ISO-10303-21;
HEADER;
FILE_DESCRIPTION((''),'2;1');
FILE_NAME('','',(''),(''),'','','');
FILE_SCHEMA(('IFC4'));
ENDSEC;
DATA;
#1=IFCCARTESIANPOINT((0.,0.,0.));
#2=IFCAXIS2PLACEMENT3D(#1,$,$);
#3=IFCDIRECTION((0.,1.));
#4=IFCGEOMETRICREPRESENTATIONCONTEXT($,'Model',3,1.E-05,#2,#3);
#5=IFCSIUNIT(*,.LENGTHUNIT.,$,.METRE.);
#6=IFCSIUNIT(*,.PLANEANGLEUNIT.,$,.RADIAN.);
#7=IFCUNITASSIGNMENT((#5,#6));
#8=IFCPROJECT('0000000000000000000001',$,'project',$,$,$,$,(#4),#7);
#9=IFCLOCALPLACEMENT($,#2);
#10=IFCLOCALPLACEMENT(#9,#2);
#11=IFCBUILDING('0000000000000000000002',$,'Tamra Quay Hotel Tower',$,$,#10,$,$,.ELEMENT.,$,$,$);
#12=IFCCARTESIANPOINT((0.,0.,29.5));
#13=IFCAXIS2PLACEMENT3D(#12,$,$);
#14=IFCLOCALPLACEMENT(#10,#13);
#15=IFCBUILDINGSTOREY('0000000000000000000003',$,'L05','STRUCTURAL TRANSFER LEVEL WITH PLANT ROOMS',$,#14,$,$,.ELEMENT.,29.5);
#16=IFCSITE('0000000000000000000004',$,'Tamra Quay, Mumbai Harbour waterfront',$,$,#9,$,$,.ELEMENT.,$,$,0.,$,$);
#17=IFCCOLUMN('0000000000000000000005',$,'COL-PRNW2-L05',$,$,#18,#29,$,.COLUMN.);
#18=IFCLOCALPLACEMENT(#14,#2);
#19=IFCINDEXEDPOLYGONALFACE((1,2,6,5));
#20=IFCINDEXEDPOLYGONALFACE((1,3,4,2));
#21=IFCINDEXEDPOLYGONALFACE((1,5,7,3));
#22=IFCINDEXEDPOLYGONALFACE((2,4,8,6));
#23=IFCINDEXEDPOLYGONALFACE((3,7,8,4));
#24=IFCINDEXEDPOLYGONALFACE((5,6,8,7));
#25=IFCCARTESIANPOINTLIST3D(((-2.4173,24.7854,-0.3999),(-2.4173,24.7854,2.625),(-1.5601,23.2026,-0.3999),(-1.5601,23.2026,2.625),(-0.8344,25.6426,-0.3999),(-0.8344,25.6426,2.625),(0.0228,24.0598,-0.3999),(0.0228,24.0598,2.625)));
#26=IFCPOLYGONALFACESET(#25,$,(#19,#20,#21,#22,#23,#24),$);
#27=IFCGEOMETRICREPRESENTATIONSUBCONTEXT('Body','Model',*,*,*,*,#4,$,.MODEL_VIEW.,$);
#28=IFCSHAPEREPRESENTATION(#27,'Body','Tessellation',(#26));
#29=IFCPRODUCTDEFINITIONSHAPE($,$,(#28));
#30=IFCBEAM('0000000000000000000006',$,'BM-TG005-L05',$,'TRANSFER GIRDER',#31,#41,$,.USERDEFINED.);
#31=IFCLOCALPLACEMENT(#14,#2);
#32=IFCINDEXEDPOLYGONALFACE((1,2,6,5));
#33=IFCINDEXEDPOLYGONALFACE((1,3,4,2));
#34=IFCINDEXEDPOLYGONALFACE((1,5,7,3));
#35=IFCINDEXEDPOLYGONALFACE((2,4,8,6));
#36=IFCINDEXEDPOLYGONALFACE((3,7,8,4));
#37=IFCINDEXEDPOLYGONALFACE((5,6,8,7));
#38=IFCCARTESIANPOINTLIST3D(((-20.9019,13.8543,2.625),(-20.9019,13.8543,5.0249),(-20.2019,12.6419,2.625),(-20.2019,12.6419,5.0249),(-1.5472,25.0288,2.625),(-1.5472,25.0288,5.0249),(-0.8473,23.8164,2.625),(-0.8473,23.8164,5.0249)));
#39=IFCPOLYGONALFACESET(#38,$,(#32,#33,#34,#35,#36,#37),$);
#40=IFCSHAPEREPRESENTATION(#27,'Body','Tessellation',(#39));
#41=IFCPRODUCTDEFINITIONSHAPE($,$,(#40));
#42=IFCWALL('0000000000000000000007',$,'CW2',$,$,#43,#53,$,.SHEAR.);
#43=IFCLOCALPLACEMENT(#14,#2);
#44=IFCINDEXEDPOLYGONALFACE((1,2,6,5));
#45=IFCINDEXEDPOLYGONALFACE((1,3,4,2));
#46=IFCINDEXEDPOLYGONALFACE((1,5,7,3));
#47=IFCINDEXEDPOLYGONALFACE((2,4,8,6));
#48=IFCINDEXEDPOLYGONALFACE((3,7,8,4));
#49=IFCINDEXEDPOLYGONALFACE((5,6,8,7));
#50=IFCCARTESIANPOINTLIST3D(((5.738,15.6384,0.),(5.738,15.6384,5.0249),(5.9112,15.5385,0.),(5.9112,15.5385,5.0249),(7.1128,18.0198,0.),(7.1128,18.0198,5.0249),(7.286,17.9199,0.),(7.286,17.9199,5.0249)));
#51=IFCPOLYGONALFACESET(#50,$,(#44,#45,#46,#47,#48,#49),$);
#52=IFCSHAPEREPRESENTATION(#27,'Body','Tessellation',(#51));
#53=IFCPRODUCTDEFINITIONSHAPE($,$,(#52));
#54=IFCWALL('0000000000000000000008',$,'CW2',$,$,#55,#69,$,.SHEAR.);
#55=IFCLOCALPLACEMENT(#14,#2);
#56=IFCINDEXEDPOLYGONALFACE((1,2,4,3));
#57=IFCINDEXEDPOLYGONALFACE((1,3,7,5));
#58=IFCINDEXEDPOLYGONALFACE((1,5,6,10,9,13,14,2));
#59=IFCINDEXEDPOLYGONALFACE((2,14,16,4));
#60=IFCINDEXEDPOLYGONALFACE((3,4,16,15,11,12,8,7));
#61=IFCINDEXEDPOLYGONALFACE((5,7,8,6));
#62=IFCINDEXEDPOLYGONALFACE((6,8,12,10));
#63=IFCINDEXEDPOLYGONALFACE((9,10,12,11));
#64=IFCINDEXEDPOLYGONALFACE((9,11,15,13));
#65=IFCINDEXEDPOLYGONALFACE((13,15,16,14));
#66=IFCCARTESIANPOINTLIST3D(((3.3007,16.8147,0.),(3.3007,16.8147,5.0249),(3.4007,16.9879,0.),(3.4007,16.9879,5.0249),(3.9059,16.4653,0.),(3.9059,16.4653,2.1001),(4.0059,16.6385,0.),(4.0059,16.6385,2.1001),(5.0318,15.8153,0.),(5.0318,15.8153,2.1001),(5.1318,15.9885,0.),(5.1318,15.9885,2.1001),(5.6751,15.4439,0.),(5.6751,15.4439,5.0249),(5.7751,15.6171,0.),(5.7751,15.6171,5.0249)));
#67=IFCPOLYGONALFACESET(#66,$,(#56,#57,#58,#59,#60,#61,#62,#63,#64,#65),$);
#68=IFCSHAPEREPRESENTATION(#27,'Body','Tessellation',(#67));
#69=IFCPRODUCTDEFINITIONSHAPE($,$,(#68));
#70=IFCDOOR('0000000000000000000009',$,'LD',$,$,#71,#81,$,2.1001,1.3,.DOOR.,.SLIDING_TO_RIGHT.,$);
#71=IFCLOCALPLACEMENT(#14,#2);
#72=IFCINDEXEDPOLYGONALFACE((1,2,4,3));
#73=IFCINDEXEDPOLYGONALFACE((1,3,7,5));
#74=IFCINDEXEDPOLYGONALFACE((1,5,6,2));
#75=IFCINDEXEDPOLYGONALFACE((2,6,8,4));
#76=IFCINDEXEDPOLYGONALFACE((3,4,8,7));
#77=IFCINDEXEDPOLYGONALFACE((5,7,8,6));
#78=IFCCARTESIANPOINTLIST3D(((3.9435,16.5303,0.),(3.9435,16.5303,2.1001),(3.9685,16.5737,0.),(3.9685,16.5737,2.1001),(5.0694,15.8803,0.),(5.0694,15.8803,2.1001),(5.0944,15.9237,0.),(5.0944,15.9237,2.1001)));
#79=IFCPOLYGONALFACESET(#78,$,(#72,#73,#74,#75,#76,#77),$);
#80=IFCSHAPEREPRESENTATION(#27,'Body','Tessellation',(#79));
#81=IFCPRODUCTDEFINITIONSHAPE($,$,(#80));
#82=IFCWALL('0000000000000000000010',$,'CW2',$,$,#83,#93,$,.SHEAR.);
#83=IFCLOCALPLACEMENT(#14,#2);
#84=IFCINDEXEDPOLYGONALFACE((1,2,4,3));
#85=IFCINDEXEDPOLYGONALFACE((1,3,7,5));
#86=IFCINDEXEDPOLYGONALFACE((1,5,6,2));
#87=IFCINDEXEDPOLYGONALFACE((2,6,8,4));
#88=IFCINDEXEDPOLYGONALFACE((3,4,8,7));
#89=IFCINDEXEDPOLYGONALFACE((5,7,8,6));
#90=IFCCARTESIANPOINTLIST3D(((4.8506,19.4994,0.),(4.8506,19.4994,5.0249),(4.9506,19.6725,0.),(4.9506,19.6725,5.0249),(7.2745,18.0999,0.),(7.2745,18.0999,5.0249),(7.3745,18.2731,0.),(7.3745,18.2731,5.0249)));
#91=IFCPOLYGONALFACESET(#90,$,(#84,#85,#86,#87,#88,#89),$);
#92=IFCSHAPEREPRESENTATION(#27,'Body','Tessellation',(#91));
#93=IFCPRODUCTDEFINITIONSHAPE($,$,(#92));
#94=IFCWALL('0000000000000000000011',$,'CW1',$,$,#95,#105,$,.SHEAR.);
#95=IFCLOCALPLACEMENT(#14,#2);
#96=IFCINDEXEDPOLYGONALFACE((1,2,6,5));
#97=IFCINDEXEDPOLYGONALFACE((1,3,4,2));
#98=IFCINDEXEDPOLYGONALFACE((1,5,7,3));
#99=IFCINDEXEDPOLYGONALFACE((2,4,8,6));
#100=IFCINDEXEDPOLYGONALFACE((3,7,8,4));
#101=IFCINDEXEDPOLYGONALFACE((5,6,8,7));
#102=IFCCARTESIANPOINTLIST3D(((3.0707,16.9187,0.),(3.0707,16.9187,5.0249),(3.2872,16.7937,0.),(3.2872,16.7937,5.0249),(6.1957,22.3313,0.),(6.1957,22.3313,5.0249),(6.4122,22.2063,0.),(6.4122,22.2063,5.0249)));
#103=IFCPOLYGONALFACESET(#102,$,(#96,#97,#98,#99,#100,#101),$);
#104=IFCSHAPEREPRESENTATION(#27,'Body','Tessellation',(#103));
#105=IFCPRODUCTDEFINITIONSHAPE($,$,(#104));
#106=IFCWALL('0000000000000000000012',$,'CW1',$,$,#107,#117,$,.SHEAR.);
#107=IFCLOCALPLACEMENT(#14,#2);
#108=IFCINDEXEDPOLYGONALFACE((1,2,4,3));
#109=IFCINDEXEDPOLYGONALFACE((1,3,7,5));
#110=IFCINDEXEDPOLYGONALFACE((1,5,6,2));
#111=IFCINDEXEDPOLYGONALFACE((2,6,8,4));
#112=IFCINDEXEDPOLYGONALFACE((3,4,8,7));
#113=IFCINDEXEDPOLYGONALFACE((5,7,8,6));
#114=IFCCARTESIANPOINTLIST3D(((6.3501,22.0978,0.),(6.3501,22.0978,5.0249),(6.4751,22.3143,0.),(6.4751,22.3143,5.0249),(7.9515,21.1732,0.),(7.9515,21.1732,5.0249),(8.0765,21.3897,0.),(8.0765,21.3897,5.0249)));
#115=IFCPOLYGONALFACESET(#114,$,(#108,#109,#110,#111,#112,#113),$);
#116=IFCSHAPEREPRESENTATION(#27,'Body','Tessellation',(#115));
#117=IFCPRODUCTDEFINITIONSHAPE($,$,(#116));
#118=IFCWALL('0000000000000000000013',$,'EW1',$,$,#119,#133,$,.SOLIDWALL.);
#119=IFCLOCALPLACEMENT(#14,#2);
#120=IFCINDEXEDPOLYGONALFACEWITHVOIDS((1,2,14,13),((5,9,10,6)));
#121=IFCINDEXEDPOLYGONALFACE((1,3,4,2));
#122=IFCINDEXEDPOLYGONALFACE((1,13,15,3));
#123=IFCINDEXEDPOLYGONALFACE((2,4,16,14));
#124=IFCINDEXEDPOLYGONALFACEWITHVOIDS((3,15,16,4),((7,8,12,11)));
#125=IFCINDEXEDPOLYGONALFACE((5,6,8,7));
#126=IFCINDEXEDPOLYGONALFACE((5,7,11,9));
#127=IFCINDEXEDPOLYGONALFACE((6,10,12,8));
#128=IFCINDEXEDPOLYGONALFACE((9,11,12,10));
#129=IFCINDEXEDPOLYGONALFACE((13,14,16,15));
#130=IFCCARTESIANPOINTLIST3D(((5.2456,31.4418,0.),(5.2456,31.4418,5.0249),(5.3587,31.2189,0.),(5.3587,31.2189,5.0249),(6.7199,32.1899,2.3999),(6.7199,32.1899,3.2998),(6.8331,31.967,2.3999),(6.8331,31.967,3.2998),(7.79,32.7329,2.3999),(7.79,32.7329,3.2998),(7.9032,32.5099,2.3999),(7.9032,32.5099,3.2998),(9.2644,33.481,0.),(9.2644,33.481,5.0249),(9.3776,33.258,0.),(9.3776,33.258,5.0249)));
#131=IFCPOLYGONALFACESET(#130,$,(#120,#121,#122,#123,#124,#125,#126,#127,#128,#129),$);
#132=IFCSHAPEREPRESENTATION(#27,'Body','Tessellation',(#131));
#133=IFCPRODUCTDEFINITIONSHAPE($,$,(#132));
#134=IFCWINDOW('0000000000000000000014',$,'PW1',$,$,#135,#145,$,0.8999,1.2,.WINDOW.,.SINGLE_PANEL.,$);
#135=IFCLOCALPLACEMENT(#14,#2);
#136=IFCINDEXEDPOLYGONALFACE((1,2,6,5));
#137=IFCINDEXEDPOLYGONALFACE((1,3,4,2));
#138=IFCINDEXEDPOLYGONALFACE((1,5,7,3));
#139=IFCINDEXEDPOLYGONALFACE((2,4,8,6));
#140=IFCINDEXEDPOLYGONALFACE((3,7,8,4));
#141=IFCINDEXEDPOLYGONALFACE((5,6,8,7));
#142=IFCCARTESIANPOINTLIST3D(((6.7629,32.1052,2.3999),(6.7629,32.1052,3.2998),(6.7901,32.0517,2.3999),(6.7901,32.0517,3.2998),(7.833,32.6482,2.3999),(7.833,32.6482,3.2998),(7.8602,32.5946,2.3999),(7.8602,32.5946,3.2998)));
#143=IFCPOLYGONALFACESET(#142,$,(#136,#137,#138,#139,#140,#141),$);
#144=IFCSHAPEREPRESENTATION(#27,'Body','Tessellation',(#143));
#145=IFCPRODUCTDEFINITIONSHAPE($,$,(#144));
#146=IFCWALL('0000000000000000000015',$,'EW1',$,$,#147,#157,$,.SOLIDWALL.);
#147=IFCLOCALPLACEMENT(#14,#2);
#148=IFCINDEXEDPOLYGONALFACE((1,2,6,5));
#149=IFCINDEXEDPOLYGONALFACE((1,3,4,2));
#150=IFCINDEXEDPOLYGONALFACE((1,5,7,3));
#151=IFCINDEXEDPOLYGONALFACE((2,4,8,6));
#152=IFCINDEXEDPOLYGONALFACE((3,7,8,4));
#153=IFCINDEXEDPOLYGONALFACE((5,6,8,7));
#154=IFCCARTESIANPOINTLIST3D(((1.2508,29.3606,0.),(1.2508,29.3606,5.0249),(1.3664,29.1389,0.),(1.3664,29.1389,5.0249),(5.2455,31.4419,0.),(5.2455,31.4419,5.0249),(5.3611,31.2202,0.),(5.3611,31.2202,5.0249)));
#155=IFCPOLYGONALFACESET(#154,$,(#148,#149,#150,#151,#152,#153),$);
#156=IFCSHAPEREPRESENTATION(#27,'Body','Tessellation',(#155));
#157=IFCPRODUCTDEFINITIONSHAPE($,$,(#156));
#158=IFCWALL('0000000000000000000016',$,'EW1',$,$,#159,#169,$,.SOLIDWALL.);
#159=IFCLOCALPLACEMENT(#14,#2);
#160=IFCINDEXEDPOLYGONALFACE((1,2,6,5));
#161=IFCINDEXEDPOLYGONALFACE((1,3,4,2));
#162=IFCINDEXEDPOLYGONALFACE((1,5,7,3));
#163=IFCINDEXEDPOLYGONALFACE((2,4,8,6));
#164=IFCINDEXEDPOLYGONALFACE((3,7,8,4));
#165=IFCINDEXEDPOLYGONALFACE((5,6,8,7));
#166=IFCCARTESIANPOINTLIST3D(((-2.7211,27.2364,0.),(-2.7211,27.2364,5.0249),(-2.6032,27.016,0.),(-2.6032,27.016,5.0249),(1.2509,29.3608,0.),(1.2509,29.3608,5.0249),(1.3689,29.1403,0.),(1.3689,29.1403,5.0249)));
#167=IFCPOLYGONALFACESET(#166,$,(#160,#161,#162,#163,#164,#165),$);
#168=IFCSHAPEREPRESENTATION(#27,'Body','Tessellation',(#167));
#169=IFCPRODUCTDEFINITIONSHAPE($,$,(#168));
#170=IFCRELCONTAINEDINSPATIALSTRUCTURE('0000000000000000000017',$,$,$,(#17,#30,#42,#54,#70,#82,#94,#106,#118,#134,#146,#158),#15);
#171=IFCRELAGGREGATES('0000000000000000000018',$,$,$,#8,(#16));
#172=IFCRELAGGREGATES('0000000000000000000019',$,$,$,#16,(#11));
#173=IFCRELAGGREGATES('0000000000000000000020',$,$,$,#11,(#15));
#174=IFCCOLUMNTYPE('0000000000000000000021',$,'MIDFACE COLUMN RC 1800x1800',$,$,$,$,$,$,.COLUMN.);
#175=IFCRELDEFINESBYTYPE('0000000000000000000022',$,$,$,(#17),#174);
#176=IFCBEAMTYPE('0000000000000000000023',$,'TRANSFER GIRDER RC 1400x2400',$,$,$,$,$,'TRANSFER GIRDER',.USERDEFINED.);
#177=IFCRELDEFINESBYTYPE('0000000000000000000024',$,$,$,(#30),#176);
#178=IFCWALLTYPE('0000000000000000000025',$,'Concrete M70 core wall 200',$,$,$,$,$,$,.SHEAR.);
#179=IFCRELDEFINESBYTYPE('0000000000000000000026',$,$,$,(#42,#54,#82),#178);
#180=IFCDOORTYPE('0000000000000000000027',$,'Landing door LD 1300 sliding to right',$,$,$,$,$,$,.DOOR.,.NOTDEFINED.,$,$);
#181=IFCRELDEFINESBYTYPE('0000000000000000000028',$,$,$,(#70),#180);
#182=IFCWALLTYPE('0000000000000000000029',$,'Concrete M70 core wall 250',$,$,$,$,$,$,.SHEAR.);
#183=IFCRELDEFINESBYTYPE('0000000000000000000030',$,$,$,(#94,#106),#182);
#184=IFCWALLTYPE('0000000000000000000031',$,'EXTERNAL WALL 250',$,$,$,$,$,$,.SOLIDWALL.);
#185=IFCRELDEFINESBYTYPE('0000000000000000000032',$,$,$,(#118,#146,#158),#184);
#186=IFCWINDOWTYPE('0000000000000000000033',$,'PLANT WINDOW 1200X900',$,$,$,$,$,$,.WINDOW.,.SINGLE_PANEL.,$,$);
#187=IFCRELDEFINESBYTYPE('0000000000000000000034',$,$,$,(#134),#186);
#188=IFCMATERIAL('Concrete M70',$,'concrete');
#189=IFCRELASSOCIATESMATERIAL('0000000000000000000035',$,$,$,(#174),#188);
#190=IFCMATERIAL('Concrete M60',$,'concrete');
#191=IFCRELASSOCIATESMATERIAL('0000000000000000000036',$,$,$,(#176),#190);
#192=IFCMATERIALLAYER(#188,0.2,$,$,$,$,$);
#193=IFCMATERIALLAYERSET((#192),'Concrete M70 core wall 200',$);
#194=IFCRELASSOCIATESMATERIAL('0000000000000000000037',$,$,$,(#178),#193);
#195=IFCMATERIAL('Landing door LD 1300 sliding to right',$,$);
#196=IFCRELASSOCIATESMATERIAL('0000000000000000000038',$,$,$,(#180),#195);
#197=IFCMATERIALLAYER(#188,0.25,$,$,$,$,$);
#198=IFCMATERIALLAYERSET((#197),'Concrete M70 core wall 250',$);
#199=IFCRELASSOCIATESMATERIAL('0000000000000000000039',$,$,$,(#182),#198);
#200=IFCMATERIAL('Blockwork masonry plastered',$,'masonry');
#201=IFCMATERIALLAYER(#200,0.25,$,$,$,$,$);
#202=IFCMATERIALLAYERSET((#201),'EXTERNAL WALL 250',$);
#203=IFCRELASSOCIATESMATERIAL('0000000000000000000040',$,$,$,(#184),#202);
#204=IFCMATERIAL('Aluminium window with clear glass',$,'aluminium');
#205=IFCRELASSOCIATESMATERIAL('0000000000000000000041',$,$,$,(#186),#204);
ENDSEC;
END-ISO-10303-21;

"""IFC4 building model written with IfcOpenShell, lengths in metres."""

from ifc_helpers import new_model, si_unit, direction, frame, frame_2d, origin, origin_2d, place, context, subcontext, project, spatial, rectangle, extrude, material, layer, layer_set, material_profile, profile_set, type_object, element, fill, save


model = new_model("IFC4")

# Units and contexts
model_context = context("Model", 3, precision=1e-05, world=origin(), true_north=direction((0.0, 1.0)))
body_context = subcontext(model_context, "Body", "Model", "MODEL_VIEW")
ifc_project = project(units=[si_unit("LENGTHUNIT", "METRE"), si_unit("PLANEANGLEUNIT", "RADIAN")], contexts=[model_context])

# Site, building, storey
site_placement = place(None, origin())
site = spatial("IfcSite", under=ifc_project, at=site_placement, Name="Tamra Quay, Mumbai Harbour waterfront", CompositionType="ELEMENT", RefElevation=0.0)
building_placement = place(site_placement, origin())
building = spatial("IfcBuilding", under=site, at=building_placement, Name="Tamra Quay Hotel Tower", CompositionType="ELEMENT")
storey_placement = place(building_placement, frame((0.0, 0.0, 29.5)))
storey = spatial("IfcBuildingStorey", under=building, at=storey_placement, Name="L05", Description="STRUCTURAL TRANSFER LEVEL WITH PLANT ROOMS", CompositionType="ELEMENT", Elevation=29.5)

# Column
ifc_material_1 = material(Name="Concrete M70", Category="concrete")
ifc_material_profile_1 = material_profile(ifc_material_1, rectangle(XDim=1.8, YDim=1.8, at=origin_2d()), Name="MIDFACE COLUMN RC 1800x1800")
ifc_profile_set_1 = profile_set([ifc_material_profile_1], Name="Concrete M70")
column_type = type_object("IfcColumnType", Name="MIDFACE COLUMN RC 1800x1800", PredefinedType="COLUMN", material=ifc_profile_set_1)
column_placement = place(storey_placement, frame((-1.1973, 24.4226, -0.3999), z_axis=(0.0, 0.0, 1.0), x_axis=(-0.476198, 0.879338, 0.0)))
element("IfcColumn", 1, at=column_placement, inside=storey, type_object=column_type, Name="COL-PRNW2-L05", PredefinedType="COLUMN", context=body_context, shape_type="SweptSolid", body=[
    extrude(rectangle(XDim=1.8, YDim=1.8, at=origin_2d()), origin(), (0.0, 0.0, 1.0), 3.0249),
])

# Beam
ifc_material_2 = material(Name="Concrete M60", Category="concrete")
ifc_material_profile_2 = material_profile(ifc_material_2, rectangle(XDim=1.3999, YDim=2.3999, at=origin_2d()), Name="TRANSFER GIRDER RC 1400x2400")
ifc_profile_set_2 = profile_set([ifc_material_profile_2], Name="Concrete M60")
beam_type = type_object("IfcBeamType", Name="TRANSFER GIRDER RC 1400x2400", ElementType="TRANSFER GIRDER", PredefinedType="USERDEFINED", material=ifc_profile_set_2)
beam_placement = place(storey_placement, frame((-1.1973, 24.4226, 3.825), z_axis=(-0.866023, -0.500003, 0.0), x_axis=(0.500003, -0.866023, 0.0)))
element("IfcBeam", 2, at=beam_placement, inside=storey, type_object=beam_type, Name="BM-TG005-L05", ObjectType="TRANSFER GIRDER", PredefinedType="USERDEFINED", context=body_context, shape_type="SweptSolid", body=[
    extrude(rectangle(XDim=1.3999, YDim=2.3999, at=origin_2d()), origin(), (0.0, 0.0, 1.0), 22.3489),
])

# Wall
ifc_layer_1 = layer(ifc_material_1, 0.2)
ifc_layer_set_1 = layer_set([ifc_layer_1], Name="Concrete M70 core wall 200")
wall_type_1 = type_object("IfcWallType", Name="Concrete M70 core wall 200", PredefinedType="SHEAR", material=ifc_layer_set_1)
wall_1_placement = place(storey_placement, frame((7.1995, 17.97, 0.0), z_axis=(0.0, 0.0, 1.0), x_axis=(-0.499968, -0.866044, 0.0)))
element("IfcWall", 3, at=wall_1_placement, inside=storey, type_object=wall_type_1, Name="CW2", PredefinedType="SHEAR", context=body_context, shape_type="SweptSolid", body=[
    extrude(rectangle(XDim=2.7498, YDim=0.2, at=frame_2d((1.375, 0.0))), origin(), (0.0, 0.0, 1.0), 5.0249),
])

# Wall, opening, door
wall_2_placement = place(storey_placement, frame((5.7251, 15.5305, 0.0), z_axis=(0.0, 0.0, 1.0), x_axis=(-0.866037, 0.499979, 0.0)))
wall_2 = element("IfcWall", 4, at=wall_2_placement, inside=storey, type_object=wall_type_1, Name="CW2", PredefinedType="SHEAR", context=body_context, shape_type="SweptSolid", body=[
    extrude(rectangle(XDim=2.7417, YDim=0.2, at=frame_2d((1.3708, 0.0))), origin(), (0.0, 0.0, 1.0), 5.0249),
])
opening_1_placement = place(wall_2_placement, frame((0.7429, 0.0, 0.0)))
opening_1 = element("IfcOpeningElement", 5, at=opening_1_placement, cuts=wall_2, PredefinedType="OPENING", context=body_context, shape_type="SweptSolid", body=[
    extrude(rectangle(XDim=1.3, YDim=2.1001, at=frame_2d((0.6499, 1.05))), frame((0.0, 0.1099, 0.0), z_axis=(0.0, -1.0, 0.0), x_axis=(1.0, 0.0, 0.0)), (0.0, 0.0, 1.0), 0.22),
])
ifc_material_3 = material(Name="Landing door LD 1300 sliding to right")
door_type = type_object("IfcDoorType", Name="Landing door LD 1300 sliding to right", OperationType="NOTDEFINED", PredefinedType="DOOR", material=ifc_material_3)
door_placement = place(opening_1_placement, origin())
door = element("IfcDoor", 6, at=door_placement, inside=storey, type_object=door_type, Name="LD", OperationType="SLIDING_TO_RIGHT", OverallHeight=2.1001, OverallWidth=1.3, PredefinedType="DOOR", context=body_context, shape_type="SweptSolid", body=[
    extrude(rectangle(XDim=1.3, YDim=2.1001, at=frame_2d((0.6499, 1.05))), frame((0.0, 0.0249, 0.0), z_axis=(0.0, -1.0, 0.0), x_axis=(1.0, 0.0, 0.0)), (0.0, 0.0, 1.0), 0.05),
])
fill(opening_1, door)

# Walls
wall_3_placement = place(storey_placement, frame((4.9006, 19.5859, 0.0), z_axis=(0.0, 0.0, 1.0), x_axis=(0.866023, -0.500004, 0.0)))
element("IfcWall", 7, at=wall_3_placement, inside=storey, type_object=wall_type_1, Name="CW2", PredefinedType="SHEAR", context=body_context, shape_type="SweptSolid", body=[
    extrude(rectangle(XDim=2.7988, YDim=0.2, at=frame_2d((1.3994, 0.0))), origin(), (0.0, 0.0, 1.0), 5.0249),
])
ifc_layer_2 = layer(ifc_material_1, 0.25)
ifc_layer_set_2 = layer_set([ifc_layer_2], Name="Concrete M70 core wall 250")
wall_type_2 = type_object("IfcWallType", Name="Concrete M70 core wall 250", PredefinedType="SHEAR", material=ifc_layer_set_2)
wall_4_placement = place(storey_placement, frame((3.179, 16.8562, 0.0), z_axis=(0.0, 0.0, 1.0), x_axis=(0.500004, 0.866023, 0.0)))
element("IfcWall", 8, at=wall_4_placement, inside=storey, type_object=wall_type_2, Name="CW1", PredefinedType="SHEAR", context=body_context, shape_type="SweptSolid", body=[
    extrude(rectangle(XDim=6.25, YDim=0.25, at=frame_2d((3.125, 0.0))), origin(), (0.0, 0.0, 1.0), 5.0249),
])
wall_5_placement = place(storey_placement, frame((6.4126, 22.2061, 0.0), z_axis=(0.0, 0.0, 1.0), x_axis=(0.866016, -0.500016, 0.0)))
element("IfcWall", 9, at=wall_5_placement, inside=storey, type_object=wall_type_2, Name="CW1", PredefinedType="SHEAR", context=body_context, shape_type="SweptSolid", body=[
    extrude(rectangle(XDim=1.8491, YDim=0.25, at=frame_2d((0.9246, 0.0))), origin(), (0.0, 0.0, 1.0), 5.0249),
])

# Wall, opening, window
ifc_material_4 = material(Name="Blockwork masonry plastered", Category="masonry")
ifc_layer_3 = layer(ifc_material_4, 0.25)
ifc_layer_set_3 = layer_set([ifc_layer_3], Name="EXTERNAL WALL 250")
wall_type_3 = type_object("IfcWallType", Name="EXTERNAL WALL 250", PredefinedType="SOLIDWALL", material=ifc_layer_set_3)
wall_6_placement = place(storey_placement, frame((5.302, 31.3303, 0.0), z_axis=(0.0, 0.0, 1.0), x_axis=(0.891779, 0.452472, 0.0)))
wall_6 = element("IfcWall", 10, at=wall_6_placement, inside=storey, type_object=wall_type_3, Name="EW1", PredefinedType="SOLIDWALL", context=body_context, shape_type="SweptSolid", body=[
    extrude(rectangle(XDim=4.5066, YDim=0.25, at=frame_2d((2.2534, 0.0))), origin(), (0.0, 0.0, 1.0), 5.0249),
])
opening_2_placement = place(wall_6_placement, frame((1.6533, 0.0, 2.3999)))
opening_2 = element("IfcOpeningElement", 11, at=opening_2_placement, cuts=wall_6, PredefinedType="OPENING", context=body_context, shape_type="SweptSolid", body=[
    extrude(rectangle(XDim=1.2, YDim=0.8999, at=frame_2d((0.6001, 0.45))), frame((0.0, 0.135, 0.0), z_axis=(0.0, -1.0, 0.0), x_axis=(1.0, 0.0, 0.0)), (0.0, 0.0, 1.0), 0.27),
])
ifc_material_5 = material(Name="Aluminium window with clear glass", Category="aluminium")
window_type = type_object("IfcWindowType", Name="PLANT WINDOW 1200X900", PartitioningType="SINGLE_PANEL", PredefinedType="WINDOW", material=ifc_material_5)
window_1_placement = place(opening_2_placement, origin())
window_1 = element("IfcWindow", 12, at=window_1_placement, inside=storey, type_object=window_type, Name="PW1", OverallHeight=0.8999, OverallWidth=1.2, PartitioningType="SINGLE_PANEL", PredefinedType="WINDOW", context=body_context, shape_type="SweptSolid", body=[
    extrude(rectangle(XDim=1.2, YDim=0.8999, at=frame_2d((0.6001, 0.45))), frame((0.0, 0.03, 0.0), z_axis=(0.0, -1.0, 0.0), x_axis=(1.0, 0.0, 0.0)), (0.0, 0.0, 1.0), 0.0601),
])
fill(opening_2, window_1)

# Walls
for number, where, z_axis, x_axis, name in (
    (13, (1.3086, 29.2498, 0.0), (0.0, 0.0, 1.0), (0.886845, 0.462068, 0.0), "EW1"),
    (14, (-2.6621, 27.1262, 0.0), (0.0, 0.0, 1.0), (0.881808, 0.471609, 0.0), "EW1"),
):
    element("IfcWall", number, at=place(storey_placement, frame(where, z_axis=z_axis, x_axis=x_axis)), inside=storey, type_object=wall_type_3, Name=name, PredefinedType="SOLIDWALL", context=body_context, shape_type="SweptSolid", body=[
        extrude(rectangle(XDim=4.5044, YDim=0.25, at=frame_2d((2.2522, 0.0))), origin(), (0.0, 0.0, 1.0), 5.0249),
    ])

save(model, "model.ifc")
